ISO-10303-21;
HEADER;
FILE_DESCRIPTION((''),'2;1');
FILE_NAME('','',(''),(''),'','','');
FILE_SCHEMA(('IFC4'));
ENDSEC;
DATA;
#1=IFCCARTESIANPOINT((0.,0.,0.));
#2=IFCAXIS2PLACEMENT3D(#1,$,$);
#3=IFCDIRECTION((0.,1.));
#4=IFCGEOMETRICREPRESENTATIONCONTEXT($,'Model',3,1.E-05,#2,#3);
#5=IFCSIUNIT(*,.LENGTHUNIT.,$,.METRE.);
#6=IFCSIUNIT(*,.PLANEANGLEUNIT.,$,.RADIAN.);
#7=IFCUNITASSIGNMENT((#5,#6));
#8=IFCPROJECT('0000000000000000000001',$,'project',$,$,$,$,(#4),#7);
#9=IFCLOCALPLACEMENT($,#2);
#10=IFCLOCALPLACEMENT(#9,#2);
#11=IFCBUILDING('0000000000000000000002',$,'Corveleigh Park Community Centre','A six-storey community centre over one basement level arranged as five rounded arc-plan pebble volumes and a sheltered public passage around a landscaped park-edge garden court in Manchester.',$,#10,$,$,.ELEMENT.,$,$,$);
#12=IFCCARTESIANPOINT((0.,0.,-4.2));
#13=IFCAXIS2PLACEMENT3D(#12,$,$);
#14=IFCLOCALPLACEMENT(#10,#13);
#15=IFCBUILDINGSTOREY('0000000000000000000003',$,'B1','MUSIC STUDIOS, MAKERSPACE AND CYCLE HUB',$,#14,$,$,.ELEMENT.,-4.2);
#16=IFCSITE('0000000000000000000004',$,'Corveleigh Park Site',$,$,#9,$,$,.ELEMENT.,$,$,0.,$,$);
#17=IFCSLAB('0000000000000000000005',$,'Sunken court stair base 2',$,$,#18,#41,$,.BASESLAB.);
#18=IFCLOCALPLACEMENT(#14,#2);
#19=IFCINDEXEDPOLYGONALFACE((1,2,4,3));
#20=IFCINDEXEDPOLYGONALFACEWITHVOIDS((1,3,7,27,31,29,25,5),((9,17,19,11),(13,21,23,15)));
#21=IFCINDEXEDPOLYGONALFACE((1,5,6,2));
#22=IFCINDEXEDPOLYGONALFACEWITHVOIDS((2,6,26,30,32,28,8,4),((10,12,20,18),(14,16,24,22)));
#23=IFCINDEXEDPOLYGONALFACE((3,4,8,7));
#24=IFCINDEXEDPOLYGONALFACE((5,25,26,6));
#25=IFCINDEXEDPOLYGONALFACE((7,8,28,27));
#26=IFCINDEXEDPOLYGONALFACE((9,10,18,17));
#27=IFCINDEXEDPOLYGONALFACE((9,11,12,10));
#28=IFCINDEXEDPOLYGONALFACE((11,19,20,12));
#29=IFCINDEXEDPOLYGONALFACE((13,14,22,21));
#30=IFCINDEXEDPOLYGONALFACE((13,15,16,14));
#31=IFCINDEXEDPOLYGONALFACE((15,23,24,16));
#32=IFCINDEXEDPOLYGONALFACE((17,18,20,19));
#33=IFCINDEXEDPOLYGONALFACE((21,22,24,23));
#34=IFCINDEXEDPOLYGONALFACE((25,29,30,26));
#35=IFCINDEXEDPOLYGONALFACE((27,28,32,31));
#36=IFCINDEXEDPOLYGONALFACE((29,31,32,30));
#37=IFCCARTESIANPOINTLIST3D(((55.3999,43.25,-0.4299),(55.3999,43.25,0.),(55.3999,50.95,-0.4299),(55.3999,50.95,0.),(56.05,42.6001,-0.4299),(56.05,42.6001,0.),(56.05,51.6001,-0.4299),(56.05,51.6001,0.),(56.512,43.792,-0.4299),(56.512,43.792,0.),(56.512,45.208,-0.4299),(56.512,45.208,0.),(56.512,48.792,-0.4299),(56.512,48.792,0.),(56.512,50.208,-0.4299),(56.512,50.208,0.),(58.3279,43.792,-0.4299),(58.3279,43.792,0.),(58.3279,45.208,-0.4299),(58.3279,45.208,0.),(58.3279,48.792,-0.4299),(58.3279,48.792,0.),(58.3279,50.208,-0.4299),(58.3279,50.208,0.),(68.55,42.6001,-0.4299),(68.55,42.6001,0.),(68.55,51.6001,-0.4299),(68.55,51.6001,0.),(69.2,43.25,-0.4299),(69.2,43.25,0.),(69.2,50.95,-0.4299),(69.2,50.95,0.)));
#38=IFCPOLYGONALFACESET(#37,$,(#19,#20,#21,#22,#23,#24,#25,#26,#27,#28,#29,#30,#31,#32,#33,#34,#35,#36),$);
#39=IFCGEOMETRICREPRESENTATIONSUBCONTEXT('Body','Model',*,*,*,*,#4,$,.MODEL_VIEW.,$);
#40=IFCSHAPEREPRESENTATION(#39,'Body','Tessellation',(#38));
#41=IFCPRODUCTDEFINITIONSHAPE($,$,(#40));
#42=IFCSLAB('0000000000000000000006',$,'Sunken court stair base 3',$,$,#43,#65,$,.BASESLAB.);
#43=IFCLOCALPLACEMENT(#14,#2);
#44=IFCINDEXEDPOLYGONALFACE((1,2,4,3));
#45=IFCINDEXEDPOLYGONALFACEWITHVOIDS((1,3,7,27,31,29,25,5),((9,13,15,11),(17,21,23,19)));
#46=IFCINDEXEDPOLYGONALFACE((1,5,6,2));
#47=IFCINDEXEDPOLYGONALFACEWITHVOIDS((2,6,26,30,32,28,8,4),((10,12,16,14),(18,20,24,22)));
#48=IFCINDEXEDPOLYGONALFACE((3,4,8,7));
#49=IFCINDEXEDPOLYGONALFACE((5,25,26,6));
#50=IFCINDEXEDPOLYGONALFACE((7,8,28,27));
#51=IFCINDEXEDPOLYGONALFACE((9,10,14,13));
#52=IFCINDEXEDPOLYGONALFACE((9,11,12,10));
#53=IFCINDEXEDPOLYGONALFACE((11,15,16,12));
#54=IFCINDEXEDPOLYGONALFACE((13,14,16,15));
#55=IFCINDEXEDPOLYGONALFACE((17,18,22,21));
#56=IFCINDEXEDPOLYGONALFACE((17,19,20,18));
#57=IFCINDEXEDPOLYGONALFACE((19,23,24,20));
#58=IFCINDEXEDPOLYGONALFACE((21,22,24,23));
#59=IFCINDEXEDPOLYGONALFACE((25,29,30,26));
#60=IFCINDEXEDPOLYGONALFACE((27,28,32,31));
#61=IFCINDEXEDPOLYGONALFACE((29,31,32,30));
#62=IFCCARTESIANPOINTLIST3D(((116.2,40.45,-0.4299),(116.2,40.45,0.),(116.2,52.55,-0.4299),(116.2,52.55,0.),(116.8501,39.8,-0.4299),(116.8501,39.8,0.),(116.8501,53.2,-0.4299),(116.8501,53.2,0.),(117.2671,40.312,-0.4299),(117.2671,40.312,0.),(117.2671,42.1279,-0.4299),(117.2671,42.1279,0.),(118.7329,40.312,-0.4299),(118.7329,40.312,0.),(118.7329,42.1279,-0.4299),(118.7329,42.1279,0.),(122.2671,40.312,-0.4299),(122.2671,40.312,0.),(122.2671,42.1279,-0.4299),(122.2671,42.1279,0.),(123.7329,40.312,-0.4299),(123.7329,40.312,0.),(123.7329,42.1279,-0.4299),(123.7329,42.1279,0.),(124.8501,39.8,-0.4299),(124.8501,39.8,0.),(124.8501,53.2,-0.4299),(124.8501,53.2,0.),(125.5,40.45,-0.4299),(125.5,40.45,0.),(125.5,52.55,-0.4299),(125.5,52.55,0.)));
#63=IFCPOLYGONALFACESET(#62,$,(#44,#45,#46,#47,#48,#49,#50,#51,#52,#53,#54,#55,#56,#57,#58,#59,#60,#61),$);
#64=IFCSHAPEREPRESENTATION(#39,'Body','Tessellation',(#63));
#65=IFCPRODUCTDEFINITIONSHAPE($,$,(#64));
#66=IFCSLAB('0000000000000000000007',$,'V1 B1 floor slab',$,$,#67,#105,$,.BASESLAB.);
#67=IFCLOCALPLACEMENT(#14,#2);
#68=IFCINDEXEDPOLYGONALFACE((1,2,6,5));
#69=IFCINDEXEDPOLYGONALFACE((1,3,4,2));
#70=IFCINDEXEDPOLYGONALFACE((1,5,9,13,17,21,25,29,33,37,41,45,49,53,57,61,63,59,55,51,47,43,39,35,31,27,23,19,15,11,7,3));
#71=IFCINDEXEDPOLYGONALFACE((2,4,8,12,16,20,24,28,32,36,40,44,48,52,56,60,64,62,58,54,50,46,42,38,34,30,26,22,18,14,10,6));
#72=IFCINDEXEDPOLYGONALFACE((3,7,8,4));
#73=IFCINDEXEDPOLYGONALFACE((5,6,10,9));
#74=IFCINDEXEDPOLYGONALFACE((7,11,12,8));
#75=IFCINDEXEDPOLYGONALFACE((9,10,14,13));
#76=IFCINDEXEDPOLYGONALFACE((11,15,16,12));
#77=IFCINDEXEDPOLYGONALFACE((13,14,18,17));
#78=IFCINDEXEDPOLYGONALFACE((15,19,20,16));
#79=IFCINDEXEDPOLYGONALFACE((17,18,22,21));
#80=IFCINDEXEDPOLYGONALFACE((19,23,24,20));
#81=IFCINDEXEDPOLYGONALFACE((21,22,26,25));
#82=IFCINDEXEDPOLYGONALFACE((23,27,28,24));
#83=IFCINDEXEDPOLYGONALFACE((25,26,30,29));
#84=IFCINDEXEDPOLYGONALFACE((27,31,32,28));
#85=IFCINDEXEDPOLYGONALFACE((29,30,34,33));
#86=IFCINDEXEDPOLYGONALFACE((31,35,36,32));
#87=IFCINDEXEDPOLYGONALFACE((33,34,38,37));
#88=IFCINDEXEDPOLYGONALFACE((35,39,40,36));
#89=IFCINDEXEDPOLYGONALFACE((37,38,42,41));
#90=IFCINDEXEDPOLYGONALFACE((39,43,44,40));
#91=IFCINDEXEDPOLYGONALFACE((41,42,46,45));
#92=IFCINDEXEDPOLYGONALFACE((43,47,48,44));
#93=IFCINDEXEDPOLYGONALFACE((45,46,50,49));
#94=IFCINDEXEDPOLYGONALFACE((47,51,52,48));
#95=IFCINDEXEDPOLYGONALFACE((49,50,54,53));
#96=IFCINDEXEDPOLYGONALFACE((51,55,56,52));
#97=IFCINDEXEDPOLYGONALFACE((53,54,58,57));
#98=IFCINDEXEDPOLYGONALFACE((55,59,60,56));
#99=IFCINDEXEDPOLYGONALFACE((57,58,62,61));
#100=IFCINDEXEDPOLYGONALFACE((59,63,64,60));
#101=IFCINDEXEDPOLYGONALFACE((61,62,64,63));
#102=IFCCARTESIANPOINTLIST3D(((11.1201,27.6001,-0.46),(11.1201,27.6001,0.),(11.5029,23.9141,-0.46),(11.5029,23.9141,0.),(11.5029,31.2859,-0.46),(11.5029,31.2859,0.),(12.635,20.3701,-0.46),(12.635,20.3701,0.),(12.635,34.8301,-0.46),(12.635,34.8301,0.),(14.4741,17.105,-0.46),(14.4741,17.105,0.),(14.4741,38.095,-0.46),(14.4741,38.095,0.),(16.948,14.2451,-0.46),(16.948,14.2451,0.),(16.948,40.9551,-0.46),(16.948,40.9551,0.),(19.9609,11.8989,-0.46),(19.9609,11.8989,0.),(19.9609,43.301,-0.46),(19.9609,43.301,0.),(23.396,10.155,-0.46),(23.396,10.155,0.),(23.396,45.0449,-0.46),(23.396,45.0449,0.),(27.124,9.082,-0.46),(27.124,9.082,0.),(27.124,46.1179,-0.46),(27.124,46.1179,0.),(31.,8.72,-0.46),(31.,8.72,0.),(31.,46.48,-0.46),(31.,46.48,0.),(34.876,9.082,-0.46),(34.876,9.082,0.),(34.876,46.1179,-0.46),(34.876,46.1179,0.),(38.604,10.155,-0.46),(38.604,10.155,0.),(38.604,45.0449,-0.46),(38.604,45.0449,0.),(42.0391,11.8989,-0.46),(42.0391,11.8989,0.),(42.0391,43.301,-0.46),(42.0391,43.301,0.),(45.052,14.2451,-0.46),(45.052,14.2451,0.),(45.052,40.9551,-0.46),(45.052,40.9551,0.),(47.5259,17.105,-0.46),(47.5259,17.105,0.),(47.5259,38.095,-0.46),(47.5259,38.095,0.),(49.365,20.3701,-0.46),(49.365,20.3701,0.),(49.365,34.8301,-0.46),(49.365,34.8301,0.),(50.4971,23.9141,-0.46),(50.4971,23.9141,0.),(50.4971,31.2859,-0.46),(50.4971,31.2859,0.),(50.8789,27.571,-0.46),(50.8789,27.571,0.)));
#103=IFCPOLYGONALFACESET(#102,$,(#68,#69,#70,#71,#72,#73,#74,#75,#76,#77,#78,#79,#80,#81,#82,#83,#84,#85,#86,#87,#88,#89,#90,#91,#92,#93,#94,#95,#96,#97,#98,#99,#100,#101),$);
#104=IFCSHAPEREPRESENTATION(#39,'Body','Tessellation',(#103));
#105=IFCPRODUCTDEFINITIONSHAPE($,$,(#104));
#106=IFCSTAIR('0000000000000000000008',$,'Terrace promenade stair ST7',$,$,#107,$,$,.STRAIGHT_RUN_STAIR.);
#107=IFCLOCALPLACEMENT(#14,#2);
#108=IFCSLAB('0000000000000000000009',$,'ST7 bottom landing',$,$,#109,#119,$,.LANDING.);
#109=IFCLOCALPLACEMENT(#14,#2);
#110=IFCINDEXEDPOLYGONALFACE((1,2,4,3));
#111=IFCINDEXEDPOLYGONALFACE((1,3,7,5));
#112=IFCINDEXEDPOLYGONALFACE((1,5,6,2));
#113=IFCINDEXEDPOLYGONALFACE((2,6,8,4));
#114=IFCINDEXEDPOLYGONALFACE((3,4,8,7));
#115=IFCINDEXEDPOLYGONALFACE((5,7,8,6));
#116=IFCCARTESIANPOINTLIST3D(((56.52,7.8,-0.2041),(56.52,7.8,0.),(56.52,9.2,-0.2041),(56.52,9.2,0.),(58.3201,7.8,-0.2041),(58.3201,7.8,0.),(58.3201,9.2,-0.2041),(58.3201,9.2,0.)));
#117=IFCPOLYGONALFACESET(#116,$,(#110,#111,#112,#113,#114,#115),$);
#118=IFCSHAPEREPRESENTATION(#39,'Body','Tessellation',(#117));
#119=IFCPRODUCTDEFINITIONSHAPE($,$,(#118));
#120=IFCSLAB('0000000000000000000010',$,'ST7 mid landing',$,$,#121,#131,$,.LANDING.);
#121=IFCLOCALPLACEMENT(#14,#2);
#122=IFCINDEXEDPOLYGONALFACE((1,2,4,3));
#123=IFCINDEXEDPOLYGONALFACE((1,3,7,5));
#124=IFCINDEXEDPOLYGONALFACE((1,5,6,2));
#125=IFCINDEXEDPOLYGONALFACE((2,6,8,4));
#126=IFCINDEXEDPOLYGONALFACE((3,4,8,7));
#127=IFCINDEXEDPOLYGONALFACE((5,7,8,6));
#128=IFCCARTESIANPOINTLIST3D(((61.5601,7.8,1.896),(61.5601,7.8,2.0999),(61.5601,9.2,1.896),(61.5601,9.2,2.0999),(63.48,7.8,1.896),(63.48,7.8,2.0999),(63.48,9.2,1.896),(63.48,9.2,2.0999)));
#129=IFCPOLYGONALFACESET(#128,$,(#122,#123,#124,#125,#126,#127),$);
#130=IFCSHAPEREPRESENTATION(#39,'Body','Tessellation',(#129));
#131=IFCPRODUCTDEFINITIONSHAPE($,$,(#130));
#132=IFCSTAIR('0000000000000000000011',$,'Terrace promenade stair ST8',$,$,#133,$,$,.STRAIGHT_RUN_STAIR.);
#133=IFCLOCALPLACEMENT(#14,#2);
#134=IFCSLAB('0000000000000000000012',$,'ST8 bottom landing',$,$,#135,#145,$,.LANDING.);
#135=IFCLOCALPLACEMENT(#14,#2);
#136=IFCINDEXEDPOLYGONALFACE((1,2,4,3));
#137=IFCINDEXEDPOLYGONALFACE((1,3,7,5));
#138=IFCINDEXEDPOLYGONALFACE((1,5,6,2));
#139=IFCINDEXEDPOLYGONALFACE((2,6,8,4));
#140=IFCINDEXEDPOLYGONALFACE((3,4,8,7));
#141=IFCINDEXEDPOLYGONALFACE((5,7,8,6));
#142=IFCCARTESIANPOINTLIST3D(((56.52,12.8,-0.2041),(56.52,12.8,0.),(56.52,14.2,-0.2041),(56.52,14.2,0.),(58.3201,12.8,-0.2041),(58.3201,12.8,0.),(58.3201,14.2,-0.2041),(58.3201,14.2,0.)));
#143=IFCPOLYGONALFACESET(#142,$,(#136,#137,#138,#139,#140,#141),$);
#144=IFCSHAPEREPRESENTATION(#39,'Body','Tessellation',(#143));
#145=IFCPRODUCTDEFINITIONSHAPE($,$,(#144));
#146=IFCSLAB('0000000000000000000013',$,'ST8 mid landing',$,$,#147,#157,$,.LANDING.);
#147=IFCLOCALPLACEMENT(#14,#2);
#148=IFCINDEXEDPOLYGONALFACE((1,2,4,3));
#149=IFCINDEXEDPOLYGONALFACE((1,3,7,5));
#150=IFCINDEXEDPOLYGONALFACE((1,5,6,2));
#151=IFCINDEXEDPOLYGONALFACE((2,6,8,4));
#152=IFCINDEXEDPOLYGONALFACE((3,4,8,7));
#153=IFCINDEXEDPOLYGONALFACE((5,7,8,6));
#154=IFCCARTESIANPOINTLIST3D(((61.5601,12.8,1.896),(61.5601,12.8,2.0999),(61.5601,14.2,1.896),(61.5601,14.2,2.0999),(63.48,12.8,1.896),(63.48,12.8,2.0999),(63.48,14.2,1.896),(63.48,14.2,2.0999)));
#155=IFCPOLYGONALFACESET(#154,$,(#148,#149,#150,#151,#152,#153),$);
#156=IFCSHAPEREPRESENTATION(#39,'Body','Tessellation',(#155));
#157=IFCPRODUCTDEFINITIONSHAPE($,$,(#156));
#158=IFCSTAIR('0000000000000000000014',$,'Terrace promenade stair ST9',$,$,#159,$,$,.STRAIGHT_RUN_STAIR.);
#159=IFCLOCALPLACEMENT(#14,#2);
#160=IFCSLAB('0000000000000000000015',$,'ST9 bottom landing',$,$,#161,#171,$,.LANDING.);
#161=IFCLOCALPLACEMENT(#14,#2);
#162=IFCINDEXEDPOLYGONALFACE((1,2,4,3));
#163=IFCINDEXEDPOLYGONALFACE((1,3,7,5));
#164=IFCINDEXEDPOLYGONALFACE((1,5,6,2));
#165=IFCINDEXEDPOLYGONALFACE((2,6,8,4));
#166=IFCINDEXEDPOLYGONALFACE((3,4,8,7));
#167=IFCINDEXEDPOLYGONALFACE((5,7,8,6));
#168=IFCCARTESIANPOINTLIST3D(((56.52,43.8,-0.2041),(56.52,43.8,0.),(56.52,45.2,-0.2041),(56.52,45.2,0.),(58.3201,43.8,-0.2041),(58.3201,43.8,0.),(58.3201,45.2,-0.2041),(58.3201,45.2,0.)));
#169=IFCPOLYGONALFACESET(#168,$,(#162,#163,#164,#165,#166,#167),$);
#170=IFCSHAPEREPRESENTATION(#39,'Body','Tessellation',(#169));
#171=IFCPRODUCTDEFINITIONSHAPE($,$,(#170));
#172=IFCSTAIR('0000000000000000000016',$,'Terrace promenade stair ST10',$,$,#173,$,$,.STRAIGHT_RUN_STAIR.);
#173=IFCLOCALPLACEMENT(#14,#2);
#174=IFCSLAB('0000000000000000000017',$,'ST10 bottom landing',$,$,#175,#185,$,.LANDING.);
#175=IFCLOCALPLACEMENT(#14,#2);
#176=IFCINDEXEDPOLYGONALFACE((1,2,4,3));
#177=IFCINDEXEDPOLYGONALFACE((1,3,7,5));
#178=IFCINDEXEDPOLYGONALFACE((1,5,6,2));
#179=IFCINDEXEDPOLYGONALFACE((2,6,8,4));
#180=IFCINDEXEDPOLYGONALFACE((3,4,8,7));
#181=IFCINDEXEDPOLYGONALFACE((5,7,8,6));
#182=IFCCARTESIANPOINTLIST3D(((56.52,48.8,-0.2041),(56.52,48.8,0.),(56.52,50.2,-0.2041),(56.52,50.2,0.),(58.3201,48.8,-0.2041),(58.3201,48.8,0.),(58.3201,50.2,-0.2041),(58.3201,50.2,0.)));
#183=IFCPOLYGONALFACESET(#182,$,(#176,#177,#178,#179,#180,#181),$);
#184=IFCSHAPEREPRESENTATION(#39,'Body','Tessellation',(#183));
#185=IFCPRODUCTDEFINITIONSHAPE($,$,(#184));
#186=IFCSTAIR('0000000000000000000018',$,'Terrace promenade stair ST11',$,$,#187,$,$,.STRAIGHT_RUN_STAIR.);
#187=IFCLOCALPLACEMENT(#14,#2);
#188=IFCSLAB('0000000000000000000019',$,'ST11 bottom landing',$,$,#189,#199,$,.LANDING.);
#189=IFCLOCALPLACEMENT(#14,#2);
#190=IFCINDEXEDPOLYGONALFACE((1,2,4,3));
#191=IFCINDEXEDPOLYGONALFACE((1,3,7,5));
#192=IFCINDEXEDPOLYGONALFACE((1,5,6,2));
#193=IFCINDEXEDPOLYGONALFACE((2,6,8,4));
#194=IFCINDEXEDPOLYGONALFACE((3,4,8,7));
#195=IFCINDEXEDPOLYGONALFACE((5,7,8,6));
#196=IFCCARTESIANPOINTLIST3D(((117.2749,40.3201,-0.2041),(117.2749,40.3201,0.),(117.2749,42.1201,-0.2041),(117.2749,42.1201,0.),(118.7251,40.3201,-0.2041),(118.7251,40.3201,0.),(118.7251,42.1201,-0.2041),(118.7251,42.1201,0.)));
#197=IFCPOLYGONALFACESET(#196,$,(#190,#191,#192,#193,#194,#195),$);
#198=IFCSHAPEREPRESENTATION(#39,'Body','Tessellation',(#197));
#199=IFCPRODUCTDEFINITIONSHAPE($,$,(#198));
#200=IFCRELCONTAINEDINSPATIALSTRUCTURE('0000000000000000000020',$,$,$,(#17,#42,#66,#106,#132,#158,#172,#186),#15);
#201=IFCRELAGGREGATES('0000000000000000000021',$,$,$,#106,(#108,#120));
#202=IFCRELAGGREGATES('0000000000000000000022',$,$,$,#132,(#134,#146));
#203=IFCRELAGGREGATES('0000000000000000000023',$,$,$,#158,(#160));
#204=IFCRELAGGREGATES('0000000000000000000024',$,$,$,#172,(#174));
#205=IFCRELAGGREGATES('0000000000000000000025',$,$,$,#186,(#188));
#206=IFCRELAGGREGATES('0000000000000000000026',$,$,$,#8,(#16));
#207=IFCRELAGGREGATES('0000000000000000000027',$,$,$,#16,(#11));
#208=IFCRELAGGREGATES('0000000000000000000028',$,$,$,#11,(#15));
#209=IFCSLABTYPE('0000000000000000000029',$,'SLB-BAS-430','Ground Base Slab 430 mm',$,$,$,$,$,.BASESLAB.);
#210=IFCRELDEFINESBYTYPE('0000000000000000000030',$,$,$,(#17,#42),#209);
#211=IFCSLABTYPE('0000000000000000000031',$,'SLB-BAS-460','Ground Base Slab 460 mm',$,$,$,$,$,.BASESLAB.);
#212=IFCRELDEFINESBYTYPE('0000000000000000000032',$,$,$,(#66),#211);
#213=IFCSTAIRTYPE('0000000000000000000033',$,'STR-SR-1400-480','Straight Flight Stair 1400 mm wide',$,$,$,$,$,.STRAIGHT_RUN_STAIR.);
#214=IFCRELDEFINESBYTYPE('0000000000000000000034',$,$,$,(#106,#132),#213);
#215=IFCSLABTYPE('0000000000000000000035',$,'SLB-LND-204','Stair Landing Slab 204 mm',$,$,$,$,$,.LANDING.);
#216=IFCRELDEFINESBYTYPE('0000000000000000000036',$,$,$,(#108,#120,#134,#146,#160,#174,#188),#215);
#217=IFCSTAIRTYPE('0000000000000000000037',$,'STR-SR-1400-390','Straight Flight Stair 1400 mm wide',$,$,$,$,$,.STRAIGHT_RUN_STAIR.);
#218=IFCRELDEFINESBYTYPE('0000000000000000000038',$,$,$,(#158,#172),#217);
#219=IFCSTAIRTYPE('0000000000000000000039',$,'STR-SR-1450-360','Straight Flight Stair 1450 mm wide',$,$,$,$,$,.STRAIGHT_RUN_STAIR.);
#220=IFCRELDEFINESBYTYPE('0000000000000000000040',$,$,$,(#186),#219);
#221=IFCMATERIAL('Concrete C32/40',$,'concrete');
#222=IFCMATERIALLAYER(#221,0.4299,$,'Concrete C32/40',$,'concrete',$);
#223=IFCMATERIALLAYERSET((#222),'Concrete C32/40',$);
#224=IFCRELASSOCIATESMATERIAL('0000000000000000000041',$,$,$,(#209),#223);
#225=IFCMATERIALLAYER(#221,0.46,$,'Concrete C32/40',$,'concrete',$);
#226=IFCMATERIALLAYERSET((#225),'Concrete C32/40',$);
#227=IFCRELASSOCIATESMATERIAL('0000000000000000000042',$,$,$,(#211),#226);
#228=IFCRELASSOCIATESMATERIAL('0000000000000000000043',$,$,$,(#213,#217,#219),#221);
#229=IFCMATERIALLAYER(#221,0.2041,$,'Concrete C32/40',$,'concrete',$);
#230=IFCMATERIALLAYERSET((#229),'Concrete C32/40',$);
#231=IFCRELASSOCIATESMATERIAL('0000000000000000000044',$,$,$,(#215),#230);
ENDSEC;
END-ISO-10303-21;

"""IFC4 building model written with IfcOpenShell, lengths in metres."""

from ifc_helpers import new_model, si_unit, direction, frame, origin, place, context, subcontext, project, spatial, polyline, outline, extrude, material, layer, layer_set, type_object, element, aggregate, save


model = new_model("IFC4")

# Units and contexts
model_context = context("Model", 3, precision=1e-05, world=origin(), true_north=direction((0.0, 1.0)))
body_context = subcontext(model_context, "Body", "Model", "MODEL_VIEW")
ifc_project = project(units=[si_unit("LENGTHUNIT", "METRE"), si_unit("PLANEANGLEUNIT", "RADIAN")], contexts=[model_context])

# Site, building, storey
site_placement = place(None, origin())
site = spatial("IfcSite", under=ifc_project, at=site_placement, Name="Corveleigh Park Site", CompositionType="ELEMENT", RefElevation=0.0)
building_placement = place(site_placement, origin())
building = spatial("IfcBuilding", under=site, at=building_placement, Name="Corveleigh Park Community Centre", Description="A six-storey community centre over one basement level arranged as five rounded arc-plan pebble volumes and a sheltered public passage around a landscaped park-edge garden court in Manchester.", CompositionType="ELEMENT")
storey_placement = place(building_placement, frame((0.0, 0.0, -4.2)))
storey = spatial("IfcBuildingStorey", under=building, at=storey_placement, Name="B1", Description="MUSIC STUDIOS, MAKERSPACE AND CYCLE HUB", CompositionType="ELEMENT", Elevation=-4.2)

# Slabs
ifc_material_1 = material(Name="Concrete C32/40", Category="concrete")
ifc_layer_1 = layer(ifc_material_1, 0.4299, Name="Concrete C32/40", Category="concrete")
ifc_layer_set_1 = layer_set([ifc_layer_1], Name="Concrete C32/40")
slab_type_1 = type_object("IfcSlabType", Name="SLB-BAS-430", Description="Ground Base Slab 430 mm", PredefinedType="BASESLAB", material=ifc_layer_set_1)
slab_1_placement = place(storey_placement, frame((0.0, 0.0, -0.4299)))
element("IfcSlab", 1, at=slab_1_placement, inside=storey, type_object=slab_type_1, Name="Sunken court stair base 2", PredefinedType="BASESLAB", context=body_context, shape_type="SweptSolid", body=[
    extrude(outline(polyline([(55.3999, 43.25), (55.3999, 50.95), (56.05, 51.6001), (68.55, 51.6001), (69.2, 50.95), (69.2, 43.25), (68.55, 42.6001), (56.05, 42.6001), (55.3999, 43.25)]), holes=[polyline([(56.512, 45.208), (56.512, 43.792), (58.3279, 43.792), (58.3279, 45.208), (56.512, 45.208)]), polyline([(56.512, 50.208), (56.512, 48.792), (58.3279, 48.792), (58.3279, 50.208), (56.512, 50.208)])]), origin(), (0.0, 0.0, 1.0), 0.4299),
])
slab_2_placement = place(storey_placement, frame((0.0, 0.0, -0.4299)))
element("IfcSlab", 2, at=slab_2_placement, inside=storey, type_object=slab_type_1, Name="Sunken court stair base 3", PredefinedType="BASESLAB", context=body_context, shape_type="SweptSolid", body=[
    extrude(outline(polyline([(116.2, 40.45), (116.2, 52.55), (116.8501, 53.2), (124.8501, 53.2), (125.5, 52.55), (125.5, 40.45), (124.8501, 39.8), (116.8501, 39.8), (116.2, 40.45)]), holes=[polyline([(117.2671, 42.1279), (117.2671, 40.312), (118.7329, 40.312), (118.7329, 42.1279), (117.2671, 42.1279)]), polyline([(123.7329, 40.312), (123.7329, 42.1279), (122.2671, 42.1279), (122.2671, 40.312), (123.7329, 40.312)])]), origin(), (0.0, 0.0, 1.0), 0.4299),
])
ifc_layer_2 = layer(ifc_material_1, 0.46, Name="Concrete C32/40", Category="concrete")
ifc_layer_set_2 = layer_set([ifc_layer_2], Name="Concrete C32/40")
slab_type_2 = type_object("IfcSlabType", Name="SLB-BAS-460", Description="Ground Base Slab 460 mm", PredefinedType="BASESLAB", material=ifc_layer_set_2)
slab_3_placement = place(storey_placement, frame((0.0, 0.0, -0.46)))
element("IfcSlab", 3, at=slab_3_placement, inside=storey, type_object=slab_type_2, Name="V1 B1 floor slab", PredefinedType="BASESLAB", context=body_context, shape_type="SweptSolid", body=[
    extrude(outline(polyline([(50.8789, 27.571), (50.4971, 23.9141), (49.365, 20.3701), (47.5259, 17.105), (45.052, 14.2451), (42.0391, 11.8989), (38.604, 10.155), (34.876, 9.082), (31.0, 8.72), (27.124, 9.082), (23.396, 10.155), (19.9609, 11.8989), (16.948, 14.2451), (14.4741, 17.105), (12.635, 20.3701), (11.5029, 23.9141), (11.1201, 27.6001), (11.5029, 31.2859), (12.635, 34.8301), (14.4741, 38.095), (16.948, 40.9551), (19.9609, 43.301), (23.396, 45.0449), (27.124, 46.1179), (31.0, 46.48), (34.876, 46.1179), (38.604, 45.0449), (42.0391, 43.301), (45.052, 40.9551), (47.5259, 38.095), (49.365, 34.8301), (50.4971, 31.2859), (50.8789, 27.571)])), origin(), (0.0, 0.0, 1.0), 0.46),
])

# Stairs, slabs
stair_type_1 = type_object("IfcStairType", Name="STR-SR-1400-480", Description="Straight Flight Stair 1400 mm wide", PredefinedType="STRAIGHT_RUN_STAIR", material=ifc_material_1)
stair_1_placement = place(storey_placement, origin())
stair_1 = element("IfcStair", 4, at=stair_1_placement, inside=storey, type_object=stair_type_1, Name="Terrace promenade stair ST7", PredefinedType="STRAIGHT_RUN_STAIR")
ifc_layer_3 = layer(ifc_material_1, 0.2041, Name="Concrete C32/40", Category="concrete")
ifc_layer_set_3 = layer_set([ifc_layer_3], Name="Concrete C32/40")
slab_type_3 = type_object("IfcSlabType", Name="SLB-LND-204", Description="Stair Landing Slab 204 mm", PredefinedType="LANDING", material=ifc_layer_set_3)
slab_4_placement = place(storey_placement, frame((0.0, 0.0, -0.2041)))
slab_4 = element("IfcSlab", 5, at=slab_4_placement, type_object=slab_type_3, Name="ST7 bottom landing", PredefinedType="LANDING", context=body_context, shape_type="SweptSolid", body=[
    extrude(outline(polyline([(56.52, 7.8), (58.3201, 7.8), (58.3201, 9.2), (56.52, 9.2), (56.52, 7.8)])), origin(), (0.0, 0.0, 1.0), 0.2041),
])
slab_5_placement = place(storey_placement, frame((0.0, 0.0, 1.896)))
slab_5 = element("IfcSlab", 6, at=slab_5_placement, type_object=slab_type_3, Name="ST7 mid landing", PredefinedType="LANDING", context=body_context, shape_type="SweptSolid", body=[
    extrude(outline(polyline([(61.5601, 7.8), (63.48, 7.8), (63.48, 9.2), (61.5601, 9.2), (61.5601, 7.8)])), origin(), (0.0, 0.0, 1.0), 0.2039),
])
aggregate(stair_1, [slab_4, slab_5])
stair_2_placement = place(storey_placement, origin())
stair_2 = element("IfcStair", 7, at=stair_2_placement, inside=storey, type_object=stair_type_1, Name="Terrace promenade stair ST8", PredefinedType="STRAIGHT_RUN_STAIR")
slab_6_placement = place(storey_placement, frame((0.0, 0.0, -0.2041)))
slab_6 = element("IfcSlab", 8, at=slab_6_placement, type_object=slab_type_3, Name="ST8 bottom landing", PredefinedType="LANDING", context=body_context, shape_type="SweptSolid", body=[
    extrude(outline(polyline([(56.52, 12.8), (58.3201, 12.8), (58.3201, 14.2), (56.52, 14.2), (56.52, 12.8)])), origin(), (0.0, 0.0, 1.0), 0.2041),
])
slab_7_placement = place(storey_placement, frame((0.0, 0.0, 1.896)))
slab_7 = element("IfcSlab", 9, at=slab_7_placement, type_object=slab_type_3, Name="ST8 mid landing", PredefinedType="LANDING", context=body_context, shape_type="SweptSolid", body=[
    extrude(outline(polyline([(61.5601, 12.8), (63.48, 12.8), (63.48, 14.2), (61.5601, 14.2), (61.5601, 12.8)])), origin(), (0.0, 0.0, 1.0), 0.2039),
])
aggregate(stair_2, [slab_6, slab_7])

# Stairs, slabs
stair_type_2 = type_object("IfcStairType", Name="STR-SR-1400-390", Description="Straight Flight Stair 1400 mm wide", PredefinedType="STRAIGHT_RUN_STAIR", material=ifc_material_1)
stair_3_placement = place(storey_placement, origin())
stair_3 = element("IfcStair", 10, at=stair_3_placement, inside=storey, type_object=stair_type_2, Name="Terrace promenade stair ST9", PredefinedType="STRAIGHT_RUN_STAIR")
slab_8_placement = place(storey_placement, frame((0.0, 0.0, -0.2041)))
slab_8 = element("IfcSlab", 11, at=slab_8_placement, type_object=slab_type_3, Name="ST9 bottom landing", PredefinedType="LANDING", context=body_context, shape_type="SweptSolid", body=[
    extrude(outline(polyline([(56.52, 43.8), (58.3201, 43.8), (58.3201, 45.2), (56.52, 45.2), (56.52, 43.8)])), origin(), (0.0, 0.0, 1.0), 0.2041),
])
aggregate(stair_3, [slab_8])
stair_4_placement = place(storey_placement, origin())
stair_4 = element("IfcStair", 12, at=stair_4_placement, inside=storey, type_object=stair_type_2, Name="Terrace promenade stair ST10", PredefinedType="STRAIGHT_RUN_STAIR")
slab_9_placement = place(storey_placement, frame((0.0, 0.0, -0.2041)))
slab_9 = element("IfcSlab", 13, at=slab_9_placement, type_object=slab_type_3, Name="ST10 bottom landing", PredefinedType="LANDING", context=body_context, shape_type="SweptSolid", body=[
    extrude(outline(polyline([(56.52, 48.8), (58.3201, 48.8), (58.3201, 50.2), (56.52, 50.2), (56.52, 48.8)])), origin(), (0.0, 0.0, 1.0), 0.2041),
])
aggregate(stair_4, [slab_9])
stair_type_3 = type_object("IfcStairType", Name="STR-SR-1450-360", Description="Straight Flight Stair 1450 mm wide", PredefinedType="STRAIGHT_RUN_STAIR", material=ifc_material_1)
stair_5_placement = place(storey_placement, origin())
stair_5 = element("IfcStair", 14, at=stair_5_placement, inside=storey, type_object=stair_type_3, Name="Terrace promenade stair ST11", PredefinedType="STRAIGHT_RUN_STAIR")
slab_10_placement = place(storey_placement, frame((0.0, 0.0, -0.2041)))
slab_10 = element("IfcSlab", 15, at=slab_10_placement, type_object=slab_type_3, Name="ST11 bottom landing", PredefinedType="LANDING", context=body_context, shape_type="SweptSolid", body=[
    extrude(outline(polyline([(118.7251, 40.3201), (118.7251, 42.1201), (117.2749, 42.1201), (117.2749, 40.3201), (118.7251, 40.3201)])), origin(), (0.0, 0.0, 1.0), 0.2041),
])
aggregate(stair_5, [slab_10])

save(model, "model.ifc")
